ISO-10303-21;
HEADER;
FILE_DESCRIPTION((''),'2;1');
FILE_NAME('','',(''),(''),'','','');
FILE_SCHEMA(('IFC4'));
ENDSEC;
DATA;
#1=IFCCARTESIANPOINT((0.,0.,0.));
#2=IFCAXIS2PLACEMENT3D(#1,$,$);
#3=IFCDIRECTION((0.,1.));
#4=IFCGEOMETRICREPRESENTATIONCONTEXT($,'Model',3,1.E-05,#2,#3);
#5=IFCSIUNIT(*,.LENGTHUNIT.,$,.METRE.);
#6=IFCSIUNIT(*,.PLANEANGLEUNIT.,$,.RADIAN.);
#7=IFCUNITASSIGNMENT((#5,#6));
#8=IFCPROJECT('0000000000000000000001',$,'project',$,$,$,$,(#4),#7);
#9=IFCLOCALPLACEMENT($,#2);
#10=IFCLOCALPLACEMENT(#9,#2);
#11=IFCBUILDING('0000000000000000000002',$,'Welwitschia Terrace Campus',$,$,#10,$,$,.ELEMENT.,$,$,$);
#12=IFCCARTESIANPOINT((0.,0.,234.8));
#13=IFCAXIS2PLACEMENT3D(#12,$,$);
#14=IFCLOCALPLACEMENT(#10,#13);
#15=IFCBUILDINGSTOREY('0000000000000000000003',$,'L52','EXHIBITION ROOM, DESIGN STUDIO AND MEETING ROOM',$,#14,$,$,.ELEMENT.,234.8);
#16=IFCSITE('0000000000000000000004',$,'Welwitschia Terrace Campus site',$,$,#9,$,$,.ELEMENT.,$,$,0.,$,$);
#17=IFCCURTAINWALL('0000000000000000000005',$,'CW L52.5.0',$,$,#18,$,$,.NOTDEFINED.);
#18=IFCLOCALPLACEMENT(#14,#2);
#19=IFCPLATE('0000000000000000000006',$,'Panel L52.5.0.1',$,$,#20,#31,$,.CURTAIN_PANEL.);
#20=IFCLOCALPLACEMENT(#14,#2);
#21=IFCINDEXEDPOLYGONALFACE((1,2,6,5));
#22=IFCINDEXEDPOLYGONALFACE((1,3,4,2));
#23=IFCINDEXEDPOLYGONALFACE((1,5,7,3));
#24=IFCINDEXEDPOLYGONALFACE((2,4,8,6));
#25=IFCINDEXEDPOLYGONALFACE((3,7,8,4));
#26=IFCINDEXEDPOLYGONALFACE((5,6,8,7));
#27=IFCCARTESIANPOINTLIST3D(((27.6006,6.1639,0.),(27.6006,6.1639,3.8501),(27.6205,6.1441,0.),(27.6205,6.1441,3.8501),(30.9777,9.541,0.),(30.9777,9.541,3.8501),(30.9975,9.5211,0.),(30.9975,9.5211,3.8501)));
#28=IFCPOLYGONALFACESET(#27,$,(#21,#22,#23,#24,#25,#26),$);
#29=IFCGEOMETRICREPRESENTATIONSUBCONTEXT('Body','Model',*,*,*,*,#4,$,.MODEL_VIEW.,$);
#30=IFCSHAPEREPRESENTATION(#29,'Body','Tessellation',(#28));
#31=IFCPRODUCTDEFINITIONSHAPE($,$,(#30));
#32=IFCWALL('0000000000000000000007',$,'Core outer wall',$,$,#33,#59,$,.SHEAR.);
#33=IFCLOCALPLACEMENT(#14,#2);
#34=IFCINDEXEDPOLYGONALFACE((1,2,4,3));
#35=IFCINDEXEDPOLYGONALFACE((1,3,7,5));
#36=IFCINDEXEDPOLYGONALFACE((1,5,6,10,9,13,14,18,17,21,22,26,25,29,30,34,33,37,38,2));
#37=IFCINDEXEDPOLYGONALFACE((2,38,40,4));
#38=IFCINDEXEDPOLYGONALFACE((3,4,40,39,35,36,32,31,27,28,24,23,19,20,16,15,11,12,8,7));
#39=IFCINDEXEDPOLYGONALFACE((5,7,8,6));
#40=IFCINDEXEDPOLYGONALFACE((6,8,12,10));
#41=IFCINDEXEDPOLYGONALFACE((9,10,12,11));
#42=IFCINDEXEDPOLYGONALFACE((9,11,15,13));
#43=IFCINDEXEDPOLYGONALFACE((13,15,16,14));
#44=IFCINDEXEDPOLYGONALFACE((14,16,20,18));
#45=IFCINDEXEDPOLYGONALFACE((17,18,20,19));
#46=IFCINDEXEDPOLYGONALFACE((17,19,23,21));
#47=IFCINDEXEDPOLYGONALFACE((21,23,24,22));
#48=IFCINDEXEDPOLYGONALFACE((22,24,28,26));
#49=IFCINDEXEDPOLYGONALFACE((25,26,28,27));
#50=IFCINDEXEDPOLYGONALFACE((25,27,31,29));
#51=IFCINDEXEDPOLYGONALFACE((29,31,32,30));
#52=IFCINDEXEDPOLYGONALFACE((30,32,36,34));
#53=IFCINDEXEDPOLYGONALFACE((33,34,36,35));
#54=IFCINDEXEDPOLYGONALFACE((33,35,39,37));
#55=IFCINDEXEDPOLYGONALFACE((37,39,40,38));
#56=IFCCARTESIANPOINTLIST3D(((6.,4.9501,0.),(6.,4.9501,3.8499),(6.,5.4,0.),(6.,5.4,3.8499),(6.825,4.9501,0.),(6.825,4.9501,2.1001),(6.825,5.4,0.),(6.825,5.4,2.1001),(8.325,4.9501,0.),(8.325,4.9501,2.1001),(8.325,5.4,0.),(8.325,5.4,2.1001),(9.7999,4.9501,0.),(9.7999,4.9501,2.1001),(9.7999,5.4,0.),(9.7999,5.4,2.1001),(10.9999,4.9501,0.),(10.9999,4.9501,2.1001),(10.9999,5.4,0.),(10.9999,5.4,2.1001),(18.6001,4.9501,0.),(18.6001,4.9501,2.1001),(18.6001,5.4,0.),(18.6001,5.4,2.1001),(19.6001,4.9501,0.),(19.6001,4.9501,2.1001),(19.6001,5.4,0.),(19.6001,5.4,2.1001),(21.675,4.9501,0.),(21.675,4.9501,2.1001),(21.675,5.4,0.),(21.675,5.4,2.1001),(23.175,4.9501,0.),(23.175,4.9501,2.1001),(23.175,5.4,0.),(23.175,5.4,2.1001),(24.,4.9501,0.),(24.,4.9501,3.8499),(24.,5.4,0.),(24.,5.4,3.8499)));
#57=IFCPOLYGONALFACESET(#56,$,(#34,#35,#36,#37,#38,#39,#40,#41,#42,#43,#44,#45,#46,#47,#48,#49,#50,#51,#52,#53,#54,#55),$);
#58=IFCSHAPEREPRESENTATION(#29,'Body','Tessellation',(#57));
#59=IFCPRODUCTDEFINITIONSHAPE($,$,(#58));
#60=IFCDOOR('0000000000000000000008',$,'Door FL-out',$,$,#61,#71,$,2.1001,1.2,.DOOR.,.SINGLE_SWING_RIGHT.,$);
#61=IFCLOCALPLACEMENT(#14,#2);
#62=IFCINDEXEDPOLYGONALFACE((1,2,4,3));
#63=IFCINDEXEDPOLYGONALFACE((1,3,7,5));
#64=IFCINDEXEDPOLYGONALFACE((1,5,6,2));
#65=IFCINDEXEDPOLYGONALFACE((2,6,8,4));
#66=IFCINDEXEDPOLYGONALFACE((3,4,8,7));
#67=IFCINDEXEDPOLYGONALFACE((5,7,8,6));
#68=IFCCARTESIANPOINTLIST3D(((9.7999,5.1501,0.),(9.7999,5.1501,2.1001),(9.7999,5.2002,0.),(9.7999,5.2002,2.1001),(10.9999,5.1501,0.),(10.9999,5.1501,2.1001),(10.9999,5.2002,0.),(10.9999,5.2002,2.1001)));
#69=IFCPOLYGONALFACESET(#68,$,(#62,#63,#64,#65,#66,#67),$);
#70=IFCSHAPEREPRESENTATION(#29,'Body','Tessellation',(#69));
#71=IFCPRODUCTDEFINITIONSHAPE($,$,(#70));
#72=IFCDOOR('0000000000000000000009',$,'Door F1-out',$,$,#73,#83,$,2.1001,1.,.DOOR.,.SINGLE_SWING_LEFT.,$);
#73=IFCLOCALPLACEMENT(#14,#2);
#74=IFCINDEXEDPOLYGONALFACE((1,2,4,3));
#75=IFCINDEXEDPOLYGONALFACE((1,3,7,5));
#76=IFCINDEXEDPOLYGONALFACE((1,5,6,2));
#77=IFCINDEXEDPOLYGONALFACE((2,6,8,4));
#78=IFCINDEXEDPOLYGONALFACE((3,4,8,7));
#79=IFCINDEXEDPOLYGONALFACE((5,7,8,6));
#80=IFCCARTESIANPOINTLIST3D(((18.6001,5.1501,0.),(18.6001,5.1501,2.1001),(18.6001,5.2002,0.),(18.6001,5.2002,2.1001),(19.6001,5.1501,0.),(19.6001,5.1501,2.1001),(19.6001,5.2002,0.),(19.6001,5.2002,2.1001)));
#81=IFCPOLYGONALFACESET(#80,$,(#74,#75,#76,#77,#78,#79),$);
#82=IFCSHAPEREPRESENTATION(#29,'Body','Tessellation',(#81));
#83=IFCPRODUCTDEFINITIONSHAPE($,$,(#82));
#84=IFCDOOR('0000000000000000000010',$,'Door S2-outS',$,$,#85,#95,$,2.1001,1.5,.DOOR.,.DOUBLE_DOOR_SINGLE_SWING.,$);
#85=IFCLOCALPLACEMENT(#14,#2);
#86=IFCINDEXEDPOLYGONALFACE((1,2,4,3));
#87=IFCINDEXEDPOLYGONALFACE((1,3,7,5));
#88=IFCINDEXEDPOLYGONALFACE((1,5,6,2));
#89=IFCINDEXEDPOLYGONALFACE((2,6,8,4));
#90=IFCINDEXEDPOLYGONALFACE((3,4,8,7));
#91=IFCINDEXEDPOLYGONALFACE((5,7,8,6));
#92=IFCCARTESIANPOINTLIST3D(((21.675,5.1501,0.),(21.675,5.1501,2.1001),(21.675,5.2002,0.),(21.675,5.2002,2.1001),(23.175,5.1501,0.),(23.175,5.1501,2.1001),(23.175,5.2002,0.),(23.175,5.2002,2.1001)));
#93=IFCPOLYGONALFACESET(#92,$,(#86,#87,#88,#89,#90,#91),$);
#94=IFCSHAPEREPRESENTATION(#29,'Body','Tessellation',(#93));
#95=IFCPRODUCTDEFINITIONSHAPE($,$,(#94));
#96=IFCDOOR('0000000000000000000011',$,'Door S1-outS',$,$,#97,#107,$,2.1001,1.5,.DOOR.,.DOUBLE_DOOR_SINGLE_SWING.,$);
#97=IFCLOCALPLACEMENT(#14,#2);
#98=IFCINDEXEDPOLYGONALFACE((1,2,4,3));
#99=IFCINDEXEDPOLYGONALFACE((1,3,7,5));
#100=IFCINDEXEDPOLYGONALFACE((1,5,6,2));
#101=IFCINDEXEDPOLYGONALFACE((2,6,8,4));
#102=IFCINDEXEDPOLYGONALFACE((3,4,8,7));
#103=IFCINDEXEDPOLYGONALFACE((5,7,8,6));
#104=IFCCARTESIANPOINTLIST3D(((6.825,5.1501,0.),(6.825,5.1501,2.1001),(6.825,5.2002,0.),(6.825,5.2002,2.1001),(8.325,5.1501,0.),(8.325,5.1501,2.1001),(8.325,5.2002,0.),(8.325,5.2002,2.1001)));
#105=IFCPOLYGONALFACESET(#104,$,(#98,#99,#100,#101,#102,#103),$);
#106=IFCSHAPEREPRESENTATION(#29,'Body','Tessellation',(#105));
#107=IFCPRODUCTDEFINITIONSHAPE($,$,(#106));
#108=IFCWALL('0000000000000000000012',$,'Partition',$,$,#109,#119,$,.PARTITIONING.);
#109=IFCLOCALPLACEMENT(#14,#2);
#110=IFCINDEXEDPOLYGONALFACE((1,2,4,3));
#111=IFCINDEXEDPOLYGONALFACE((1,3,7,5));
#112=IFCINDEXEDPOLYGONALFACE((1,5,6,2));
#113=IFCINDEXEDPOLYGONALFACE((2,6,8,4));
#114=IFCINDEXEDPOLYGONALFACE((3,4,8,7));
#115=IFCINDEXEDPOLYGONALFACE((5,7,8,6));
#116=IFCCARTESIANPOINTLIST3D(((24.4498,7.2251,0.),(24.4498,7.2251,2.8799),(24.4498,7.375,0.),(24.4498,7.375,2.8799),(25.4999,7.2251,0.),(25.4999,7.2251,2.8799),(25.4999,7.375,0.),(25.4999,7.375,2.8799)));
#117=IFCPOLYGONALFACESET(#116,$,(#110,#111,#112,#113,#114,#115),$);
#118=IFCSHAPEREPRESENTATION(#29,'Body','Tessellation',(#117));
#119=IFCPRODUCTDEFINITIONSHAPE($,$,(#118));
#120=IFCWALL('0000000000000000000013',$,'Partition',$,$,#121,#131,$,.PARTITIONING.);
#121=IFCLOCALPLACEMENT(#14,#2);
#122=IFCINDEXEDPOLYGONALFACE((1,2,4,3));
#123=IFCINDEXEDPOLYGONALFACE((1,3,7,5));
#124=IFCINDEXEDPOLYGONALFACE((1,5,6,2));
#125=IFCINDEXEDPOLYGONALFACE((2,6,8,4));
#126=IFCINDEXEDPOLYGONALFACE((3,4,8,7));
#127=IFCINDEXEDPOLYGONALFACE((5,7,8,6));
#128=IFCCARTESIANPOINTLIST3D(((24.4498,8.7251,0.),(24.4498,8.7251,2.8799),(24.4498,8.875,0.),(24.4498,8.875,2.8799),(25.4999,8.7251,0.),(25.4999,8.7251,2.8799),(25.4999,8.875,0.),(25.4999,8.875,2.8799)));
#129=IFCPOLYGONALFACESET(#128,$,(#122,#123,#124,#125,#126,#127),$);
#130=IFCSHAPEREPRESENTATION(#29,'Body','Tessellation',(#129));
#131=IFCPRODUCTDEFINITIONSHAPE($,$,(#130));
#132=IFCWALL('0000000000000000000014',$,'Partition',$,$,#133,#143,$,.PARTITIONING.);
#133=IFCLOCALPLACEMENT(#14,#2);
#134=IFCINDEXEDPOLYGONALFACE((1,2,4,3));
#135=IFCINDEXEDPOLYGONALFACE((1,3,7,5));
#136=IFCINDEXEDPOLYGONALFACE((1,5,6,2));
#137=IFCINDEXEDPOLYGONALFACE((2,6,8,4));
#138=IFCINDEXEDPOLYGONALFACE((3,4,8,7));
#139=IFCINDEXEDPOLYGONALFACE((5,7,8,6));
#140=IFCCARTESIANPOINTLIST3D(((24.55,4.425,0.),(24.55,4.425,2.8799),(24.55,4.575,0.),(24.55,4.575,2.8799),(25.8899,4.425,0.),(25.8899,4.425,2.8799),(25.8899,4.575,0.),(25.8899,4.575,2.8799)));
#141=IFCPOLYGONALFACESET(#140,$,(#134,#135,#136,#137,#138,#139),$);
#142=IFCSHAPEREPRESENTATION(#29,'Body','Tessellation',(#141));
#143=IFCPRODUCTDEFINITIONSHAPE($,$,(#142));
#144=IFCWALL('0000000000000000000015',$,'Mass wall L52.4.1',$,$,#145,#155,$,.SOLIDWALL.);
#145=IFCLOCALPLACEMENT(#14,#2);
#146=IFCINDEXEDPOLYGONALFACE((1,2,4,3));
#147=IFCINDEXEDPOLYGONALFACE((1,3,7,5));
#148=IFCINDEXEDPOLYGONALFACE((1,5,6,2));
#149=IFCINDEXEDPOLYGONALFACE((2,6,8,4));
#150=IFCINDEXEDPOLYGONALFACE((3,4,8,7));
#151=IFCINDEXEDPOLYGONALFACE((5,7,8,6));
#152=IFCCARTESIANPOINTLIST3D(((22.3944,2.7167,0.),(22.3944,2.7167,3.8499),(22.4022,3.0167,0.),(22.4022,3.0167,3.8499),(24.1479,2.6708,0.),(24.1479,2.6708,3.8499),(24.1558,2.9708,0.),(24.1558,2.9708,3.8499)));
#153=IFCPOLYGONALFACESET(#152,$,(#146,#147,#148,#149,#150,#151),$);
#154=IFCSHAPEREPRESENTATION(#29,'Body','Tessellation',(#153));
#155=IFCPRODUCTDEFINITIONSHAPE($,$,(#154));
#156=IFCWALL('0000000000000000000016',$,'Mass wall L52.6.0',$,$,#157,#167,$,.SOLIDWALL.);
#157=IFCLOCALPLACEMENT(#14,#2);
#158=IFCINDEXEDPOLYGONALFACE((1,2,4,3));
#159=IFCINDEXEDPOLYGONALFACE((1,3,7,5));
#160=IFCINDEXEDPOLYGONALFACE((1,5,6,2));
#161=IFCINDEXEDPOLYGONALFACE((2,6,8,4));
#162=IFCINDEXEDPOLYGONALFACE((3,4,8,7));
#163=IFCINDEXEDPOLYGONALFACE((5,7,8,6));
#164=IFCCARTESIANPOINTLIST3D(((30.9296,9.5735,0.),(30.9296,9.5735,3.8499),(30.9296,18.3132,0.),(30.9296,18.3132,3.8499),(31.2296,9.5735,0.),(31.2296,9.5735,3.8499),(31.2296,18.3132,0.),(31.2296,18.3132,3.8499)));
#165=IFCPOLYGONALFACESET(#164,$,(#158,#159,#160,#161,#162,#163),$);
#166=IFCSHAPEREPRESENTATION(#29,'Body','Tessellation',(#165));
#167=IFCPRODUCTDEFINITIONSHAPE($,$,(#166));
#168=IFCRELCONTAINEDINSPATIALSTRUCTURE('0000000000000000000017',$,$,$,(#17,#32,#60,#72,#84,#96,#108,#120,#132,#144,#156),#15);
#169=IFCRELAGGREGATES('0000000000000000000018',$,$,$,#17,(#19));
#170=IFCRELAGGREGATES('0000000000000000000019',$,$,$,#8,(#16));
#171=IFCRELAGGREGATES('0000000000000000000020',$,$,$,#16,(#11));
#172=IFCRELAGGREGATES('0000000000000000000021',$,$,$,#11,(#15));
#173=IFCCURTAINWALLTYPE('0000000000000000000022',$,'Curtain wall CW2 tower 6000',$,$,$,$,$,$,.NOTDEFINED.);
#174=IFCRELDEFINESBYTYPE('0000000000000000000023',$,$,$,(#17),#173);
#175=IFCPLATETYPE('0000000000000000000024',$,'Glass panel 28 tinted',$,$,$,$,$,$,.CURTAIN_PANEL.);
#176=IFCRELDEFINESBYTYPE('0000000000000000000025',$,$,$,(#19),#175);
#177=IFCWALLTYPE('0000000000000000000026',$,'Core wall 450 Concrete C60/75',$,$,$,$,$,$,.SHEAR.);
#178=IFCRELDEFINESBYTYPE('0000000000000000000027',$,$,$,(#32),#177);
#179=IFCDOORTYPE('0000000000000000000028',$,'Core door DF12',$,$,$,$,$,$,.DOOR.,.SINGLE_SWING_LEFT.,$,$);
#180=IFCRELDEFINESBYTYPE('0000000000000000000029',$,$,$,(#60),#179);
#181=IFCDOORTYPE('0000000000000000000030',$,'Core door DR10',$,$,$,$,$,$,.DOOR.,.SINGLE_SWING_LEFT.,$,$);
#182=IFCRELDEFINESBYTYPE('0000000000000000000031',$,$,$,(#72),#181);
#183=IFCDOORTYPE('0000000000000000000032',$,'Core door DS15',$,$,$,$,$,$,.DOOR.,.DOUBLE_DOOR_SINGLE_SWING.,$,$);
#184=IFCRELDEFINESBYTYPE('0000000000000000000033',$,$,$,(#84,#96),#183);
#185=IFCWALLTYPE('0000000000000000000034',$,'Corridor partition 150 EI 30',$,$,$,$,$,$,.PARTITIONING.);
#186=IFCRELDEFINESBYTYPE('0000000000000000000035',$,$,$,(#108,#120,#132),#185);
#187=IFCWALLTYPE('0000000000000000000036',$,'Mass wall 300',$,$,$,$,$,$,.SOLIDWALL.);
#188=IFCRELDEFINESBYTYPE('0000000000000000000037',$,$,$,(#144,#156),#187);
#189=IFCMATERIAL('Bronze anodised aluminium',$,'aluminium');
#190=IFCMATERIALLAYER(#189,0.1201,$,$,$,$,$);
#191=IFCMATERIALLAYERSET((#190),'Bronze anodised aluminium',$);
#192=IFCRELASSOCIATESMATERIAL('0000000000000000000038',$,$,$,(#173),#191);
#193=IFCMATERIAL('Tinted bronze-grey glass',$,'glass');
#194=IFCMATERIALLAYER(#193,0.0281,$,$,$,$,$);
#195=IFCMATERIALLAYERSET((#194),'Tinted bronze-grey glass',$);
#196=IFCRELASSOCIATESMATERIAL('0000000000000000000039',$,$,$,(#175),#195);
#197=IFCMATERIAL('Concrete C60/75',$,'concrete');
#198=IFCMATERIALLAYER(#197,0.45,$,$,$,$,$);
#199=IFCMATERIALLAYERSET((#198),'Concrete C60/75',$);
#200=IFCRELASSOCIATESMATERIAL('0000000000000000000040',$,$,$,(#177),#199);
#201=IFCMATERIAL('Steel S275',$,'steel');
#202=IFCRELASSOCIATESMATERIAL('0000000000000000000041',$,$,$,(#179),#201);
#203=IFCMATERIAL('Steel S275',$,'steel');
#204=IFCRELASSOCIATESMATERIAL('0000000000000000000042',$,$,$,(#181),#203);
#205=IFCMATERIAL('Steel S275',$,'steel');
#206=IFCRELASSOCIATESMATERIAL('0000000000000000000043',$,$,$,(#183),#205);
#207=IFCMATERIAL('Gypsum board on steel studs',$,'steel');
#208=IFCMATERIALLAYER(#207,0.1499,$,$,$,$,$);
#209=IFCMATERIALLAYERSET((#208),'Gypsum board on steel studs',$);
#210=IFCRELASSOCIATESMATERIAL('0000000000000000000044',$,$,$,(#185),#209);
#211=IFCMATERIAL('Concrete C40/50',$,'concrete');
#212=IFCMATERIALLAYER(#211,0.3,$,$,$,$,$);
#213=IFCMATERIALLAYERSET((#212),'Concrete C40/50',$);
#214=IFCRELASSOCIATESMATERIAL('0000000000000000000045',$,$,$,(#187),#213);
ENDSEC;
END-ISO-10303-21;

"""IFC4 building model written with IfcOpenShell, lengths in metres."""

from ifc_helpers import new_model, si_unit, direction, frame, frame_2d, origin, origin_2d, place, context, subcontext, project, spatial, rectangle, extrude, material, layer, layer_set, type_object, element, fill, aggregate, save


model = new_model("IFC4")

# Units and contexts
model_context = context("Model", 3, precision=1e-05, world=origin(), true_north=direction((0.0, 1.0)))
body_context = subcontext(model_context, "Body", "Model", "MODEL_VIEW")
ifc_project = project(units=[si_unit("LENGTHUNIT", "METRE"), si_unit("PLANEANGLEUNIT", "RADIAN")], contexts=[model_context])

# Site, building, storey
site_placement = place(None, origin())
site = spatial("IfcSite", under=ifc_project, at=site_placement, Name="Welwitschia Terrace Campus site", CompositionType="ELEMENT", RefElevation=0.0)
building_placement = place(site_placement, origin())
building = spatial("IfcBuilding", under=site, at=building_placement, Name="Welwitschia Terrace Campus", CompositionType="ELEMENT")
storey_placement = place(building_placement, frame((0.0, 0.0, 234.8)))
storey = spatial("IfcBuildingStorey", under=building, at=storey_placement, Name="L52", Description="EXHIBITION ROOM, DESIGN STUDIO AND MEETING ROOM", CompositionType="ELEMENT", Elevation=234.8)

# Curtain wall
ifc_material_1 = material(Name="Bronze anodised aluminium", Category="aluminium")
ifc_layer_1 = layer(ifc_material_1, 0.1201)
ifc_layer_set_1 = layer_set([ifc_layer_1], Name="Bronze anodised aluminium")
curtain_wall_type = type_object("IfcCurtainWallType", Name="Curtain wall CW2 tower 6000", PredefinedType="NOTDEFINED", material=ifc_layer_set_1)
curtain_wall_placement = place(storey_placement, origin())
curtain_wall = element("IfcCurtainWall", 1, at=curtain_wall_placement, inside=storey, type_object=curtain_wall_type, Name="CW L52.5.0", PredefinedType="NOTDEFINED")

# Plate
ifc_material_2 = material(Name="Tinted bronze-grey glass", Category="glass")
ifc_layer_2 = layer(ifc_material_2, 0.0281)
ifc_layer_set_2 = layer_set([ifc_layer_2], Name="Tinted bronze-grey glass")
plate_type = type_object("IfcPlateType", Name="Glass panel 28 tinted", PredefinedType="CURTAIN_PANEL", material=ifc_layer_set_2)
plate_1_placement = place(storey_placement, frame((29.2991, 7.8425, 0.0), z_axis=(0.0, 0.0, 1.0), x_axis=(0.707107, 0.707107, 0.0)))
plate_1 = element("IfcPlate", 2, at=plate_1_placement, type_object=plate_type, Name="Panel L52.5.0.1", PredefinedType="CURTAIN_PANEL", context=body_context, shape_type="SweptSolid", body=[
    extrude(rectangle(XDim=4.7759, YDim=0.0281, at=origin_2d()), origin(), (0.0, 0.0, 1.0), 3.8501),
])
aggregate(curtain_wall, [plate_1])

# Wall, openings, doors
ifc_material_3 = material(Name="Concrete C60/75", Category="concrete")
ifc_layer_3 = layer(ifc_material_3, 0.45)
ifc_layer_set_3 = layer_set([ifc_layer_3], Name="Concrete C60/75")
wall_type_1 = type_object("IfcWallType", Name="Core wall 450 Concrete C60/75", PredefinedType="SHEAR", material=ifc_layer_set_3)
wall_1_placement = place(storey_placement, frame((24.0, 5.175, 0.0), z_axis=(0.0, 0.0, 1.0), x_axis=(-1.0, 0.0, 0.0)))
wall_1 = element("IfcWall", 3, at=wall_1_placement, inside=storey, type_object=wall_type_1, Name="Core outer wall", PredefinedType="SHEAR", context=body_context, shape_type="SweptSolid", body=[
    extrude(rectangle(XDim=18.0, YDim=0.45, at=frame_2d((9.0, 0.0))), origin(), (0.0, 0.0, 1.0), 3.8499),
])
opening_1_placement = place(wall_1_placement, frame((0.825, 0.0, 0.0)))
opening_1 = element("IfcOpeningElement", 4, at=opening_1_placement, cuts=wall_1, PredefinedType="OPENING", context=body_context, shape_type="SweptSolid", body=[
    extrude(rectangle(XDim=1.5, YDim=2.1001, at=frame_2d((0.75, 1.05))), frame((0.0, 0.2349, 0.0), z_axis=(0.0, -1.0, 0.0), x_axis=(1.0, 0.0, 0.0)), (0.0, 0.0, 1.0), 0.47),
])
opening_2_placement = place(wall_1_placement, frame((15.675, 0.0, 0.0)))
opening_2 = element("IfcOpeningElement", 5, at=opening_2_placement, cuts=wall_1, PredefinedType="OPENING", context=body_context, shape_type="SweptSolid", body=[
    extrude(rectangle(XDim=1.5, YDim=2.1001, at=frame_2d((0.75, 1.05))), frame((0.0, 0.2349, 0.0), z_axis=(0.0, -1.0, 0.0), x_axis=(1.0, 0.0, 0.0)), (0.0, 0.0, 1.0), 0.47),
])
opening_3_placement = place(wall_1_placement, frame((13.0, 0.0, 0.0)))
opening_3 = element("IfcOpeningElement", 6, at=opening_3_placement, cuts=wall_1, PredefinedType="OPENING", context=body_context, shape_type="SweptSolid", body=[
    extrude(rectangle(XDim=1.2, YDim=2.1001, at=frame_2d((0.6001, 1.05))), frame((0.0, 0.2349, 0.0), z_axis=(0.0, -1.0, 0.0), x_axis=(1.0, 0.0, 0.0)), (0.0, 0.0, 1.0), 0.47),
])
opening_4_placement = place(wall_1_placement, frame((4.3999, 0.0, 0.0)))
opening_4 = element("IfcOpeningElement", 7, at=opening_4_placement, cuts=wall_1, PredefinedType="OPENING", context=body_context, shape_type="SweptSolid", body=[
    extrude(rectangle(XDim=1.0, YDim=2.1001, at=frame_2d((0.5, 1.05))), frame((0.0, 0.2349, 0.0), z_axis=(0.0, -1.0, 0.0), x_axis=(1.0, 0.0, 0.0)), (0.0, 0.0, 1.0), 0.47),
])
ifc_material_4 = material(Name="Steel S275", Category="steel")
door_type_1 = type_object("IfcDoorType", Name="Core door DF12", OperationType="SINGLE_SWING_LEFT", PredefinedType="DOOR", material=ifc_material_4)
door_1_placement = place(opening_3_placement, origin())
door_1 = element("IfcDoor", 8, at=door_1_placement, inside=storey, type_object=door_type_1, Name="Door FL-out", OperationType="SINGLE_SWING_RIGHT", OverallHeight=2.1001, OverallWidth=1.2, PredefinedType="DOOR", context=body_context, shape_type="SweptSolid", body=[
    extrude(rectangle(XDim=1.2, YDim=2.1001, at=frame_2d((0.6001, 1.05))), frame((0.0, 0.0249, 0.0), z_axis=(0.0, -1.0, 0.0), x_axis=(1.0, 0.0, 0.0)), (0.0, 0.0, 1.0), 0.05),
])
fill(opening_3, door_1)
ifc_material_5 = material(Name="Steel S275", Category="steel")
door_type_2 = type_object("IfcDoorType", Name="Core door DR10", OperationType="SINGLE_SWING_LEFT", PredefinedType="DOOR", material=ifc_material_5)
door_2_placement = place(opening_4_placement, origin())
door_2 = element("IfcDoor", 9, at=door_2_placement, inside=storey, type_object=door_type_2, Name="Door F1-out", OperationType="SINGLE_SWING_LEFT", OverallHeight=2.1001, OverallWidth=1.0, PredefinedType="DOOR", context=body_context, shape_type="SweptSolid", body=[
    extrude(rectangle(XDim=1.0, YDim=2.1001, at=frame_2d((0.5, 1.05))), frame((0.0, 0.0249, 0.0), z_axis=(0.0, -1.0, 0.0), x_axis=(1.0, 0.0, 0.0)), (0.0, 0.0, 1.0), 0.05),
])
fill(opening_4, door_2)
ifc_material_6 = material(Name="Steel S275", Category="steel")
door_type_3 = type_object("IfcDoorType", Name="Core door DS15", OperationType="DOUBLE_DOOR_SINGLE_SWING", PredefinedType="DOOR", material=ifc_material_6)
door_3_placement = place(opening_1_placement, origin())
door_3 = element("IfcDoor", 10, at=door_3_placement, inside=storey, type_object=door_type_3, Name="Door S2-outS", OperationType="DOUBLE_DOOR_SINGLE_SWING", OverallHeight=2.1001, OverallWidth=1.5, PredefinedType="DOOR", context=body_context, shape_type="SweptSolid", body=[
    extrude(rectangle(XDim=1.5, YDim=2.1001, at=frame_2d((0.75, 1.05))), frame((0.0, 0.0249, 0.0), z_axis=(0.0, -1.0, 0.0), x_axis=(1.0, 0.0, 0.0)), (0.0, 0.0, 1.0), 0.05),
])
fill(opening_1, door_3)
door_4_placement = place(opening_2_placement, origin())
door_4 = element("IfcDoor", 11, at=door_4_placement, inside=storey, type_object=door_type_3, Name="Door S1-outS", OperationType="DOUBLE_DOOR_SINGLE_SWING", OverallHeight=2.1001, OverallWidth=1.5, PredefinedType="DOOR", context=body_context, shape_type="SweptSolid", body=[
    extrude(rectangle(XDim=1.5, YDim=2.1001, at=frame_2d((0.75, 1.05))), frame((0.0, 0.0249, 0.0), z_axis=(0.0, -1.0, 0.0), x_axis=(1.0, 0.0, 0.0)), (0.0, 0.0, 1.0), 0.05),
])
fill(opening_2, door_4)

# Walls
ifc_material_7 = material(Name="Gypsum board on steel studs", Category="steel")
ifc_layer_4 = layer(ifc_material_7, 0.1499)
ifc_layer_set_4 = layer_set([ifc_layer_4], Name="Gypsum board on steel studs")
wall_type_2 = type_object("IfcWallType", Name="Corridor partition 150 EI 30", PredefinedType="PARTITIONING", material=ifc_layer_set_4)
for number, where, z_axis, x_axis, name in (
    (12, (24.45, 7.3, 0.0), (0.0, 0.0, 1.0), (1.0, 0.0, 0.0), "Partition"),
    (13, (24.45, 8.8, 0.0), (0.0, 0.0, 1.0), (1.0, 0.0, 0.0), "Partition"),
):
    element("IfcWall", number, at=place(storey_placement, frame(where, z_axis=z_axis, x_axis=x_axis)), inside=storey, type_object=wall_type_2, Name=name, PredefinedType="PARTITIONING", context=body_context, shape_type="SweptSolid", body=[
        extrude(rectangle(XDim=1.05, YDim=0.1499, at=frame_2d((0.5249, 0.0))), origin(), (0.0, 0.0, 1.0), 2.8799),
    ])
wall_2_placement = place(storey_placement, frame((24.55, 4.5, 0.0), z_axis=(0.0, 0.0, 1.0), x_axis=(1.0, 0.0, 0.0)))
element("IfcWall", 14, at=wall_2_placement, inside=storey, type_object=wall_type_2, Name="Partition", PredefinedType="PARTITIONING", context=body_context, shape_type="SweptSolid", body=[
    extrude(rectangle(XDim=1.3398, YDim=0.1499, at=frame_2d((0.6699, 0.0))), origin(), (0.0, 0.0, 1.0), 2.8799),
])
ifc_material_8 = material(Name="Concrete C40/50", Category="concrete")
ifc_layer_5 = layer(ifc_material_8, 0.3)
ifc_layer_set_5 = layer_set([ifc_layer_5], Name="Concrete C40/50")
wall_type_3 = type_object("IfcWallType", Name="Mass wall 300", PredefinedType="SOLIDWALL", material=ifc_layer_set_5)
wall_3_placement = place(storey_placement, frame((22.3984, 2.8667, 0.0), z_axis=(0.0, 0.0, 1.0), x_axis=(0.999658, -0.026164, 0.0)))
element("IfcWall", 15, at=wall_3_placement, inside=storey, type_object=wall_type_3, Name="Mass wall L52.4.1", PredefinedType="SOLIDWALL", context=body_context, shape_type="SweptSolid", body=[
    extrude(rectangle(XDim=1.7542, YDim=0.3, at=frame_2d((0.877, 0.0))), origin(), (0.0, 0.0, 1.0), 3.8499),
])
wall_4_placement = place(storey_placement, frame((31.0796, 9.5735, 0.0), z_axis=(0.0, 0.0, 1.0), x_axis=(0.0, 1.0, 0.0)))
element("IfcWall", 16, at=wall_4_placement, inside=storey, type_object=wall_type_3, Name="Mass wall L52.6.0", PredefinedType="SOLIDWALL", context=body_context, shape_type="SweptSolid", body=[
    extrude(rectangle(XDim=8.7397, YDim=0.3, at=frame_2d((4.3699, 0.0))), origin(), (0.0, 0.0, 1.0), 3.8499),
])

save(model, "model.ifc")
